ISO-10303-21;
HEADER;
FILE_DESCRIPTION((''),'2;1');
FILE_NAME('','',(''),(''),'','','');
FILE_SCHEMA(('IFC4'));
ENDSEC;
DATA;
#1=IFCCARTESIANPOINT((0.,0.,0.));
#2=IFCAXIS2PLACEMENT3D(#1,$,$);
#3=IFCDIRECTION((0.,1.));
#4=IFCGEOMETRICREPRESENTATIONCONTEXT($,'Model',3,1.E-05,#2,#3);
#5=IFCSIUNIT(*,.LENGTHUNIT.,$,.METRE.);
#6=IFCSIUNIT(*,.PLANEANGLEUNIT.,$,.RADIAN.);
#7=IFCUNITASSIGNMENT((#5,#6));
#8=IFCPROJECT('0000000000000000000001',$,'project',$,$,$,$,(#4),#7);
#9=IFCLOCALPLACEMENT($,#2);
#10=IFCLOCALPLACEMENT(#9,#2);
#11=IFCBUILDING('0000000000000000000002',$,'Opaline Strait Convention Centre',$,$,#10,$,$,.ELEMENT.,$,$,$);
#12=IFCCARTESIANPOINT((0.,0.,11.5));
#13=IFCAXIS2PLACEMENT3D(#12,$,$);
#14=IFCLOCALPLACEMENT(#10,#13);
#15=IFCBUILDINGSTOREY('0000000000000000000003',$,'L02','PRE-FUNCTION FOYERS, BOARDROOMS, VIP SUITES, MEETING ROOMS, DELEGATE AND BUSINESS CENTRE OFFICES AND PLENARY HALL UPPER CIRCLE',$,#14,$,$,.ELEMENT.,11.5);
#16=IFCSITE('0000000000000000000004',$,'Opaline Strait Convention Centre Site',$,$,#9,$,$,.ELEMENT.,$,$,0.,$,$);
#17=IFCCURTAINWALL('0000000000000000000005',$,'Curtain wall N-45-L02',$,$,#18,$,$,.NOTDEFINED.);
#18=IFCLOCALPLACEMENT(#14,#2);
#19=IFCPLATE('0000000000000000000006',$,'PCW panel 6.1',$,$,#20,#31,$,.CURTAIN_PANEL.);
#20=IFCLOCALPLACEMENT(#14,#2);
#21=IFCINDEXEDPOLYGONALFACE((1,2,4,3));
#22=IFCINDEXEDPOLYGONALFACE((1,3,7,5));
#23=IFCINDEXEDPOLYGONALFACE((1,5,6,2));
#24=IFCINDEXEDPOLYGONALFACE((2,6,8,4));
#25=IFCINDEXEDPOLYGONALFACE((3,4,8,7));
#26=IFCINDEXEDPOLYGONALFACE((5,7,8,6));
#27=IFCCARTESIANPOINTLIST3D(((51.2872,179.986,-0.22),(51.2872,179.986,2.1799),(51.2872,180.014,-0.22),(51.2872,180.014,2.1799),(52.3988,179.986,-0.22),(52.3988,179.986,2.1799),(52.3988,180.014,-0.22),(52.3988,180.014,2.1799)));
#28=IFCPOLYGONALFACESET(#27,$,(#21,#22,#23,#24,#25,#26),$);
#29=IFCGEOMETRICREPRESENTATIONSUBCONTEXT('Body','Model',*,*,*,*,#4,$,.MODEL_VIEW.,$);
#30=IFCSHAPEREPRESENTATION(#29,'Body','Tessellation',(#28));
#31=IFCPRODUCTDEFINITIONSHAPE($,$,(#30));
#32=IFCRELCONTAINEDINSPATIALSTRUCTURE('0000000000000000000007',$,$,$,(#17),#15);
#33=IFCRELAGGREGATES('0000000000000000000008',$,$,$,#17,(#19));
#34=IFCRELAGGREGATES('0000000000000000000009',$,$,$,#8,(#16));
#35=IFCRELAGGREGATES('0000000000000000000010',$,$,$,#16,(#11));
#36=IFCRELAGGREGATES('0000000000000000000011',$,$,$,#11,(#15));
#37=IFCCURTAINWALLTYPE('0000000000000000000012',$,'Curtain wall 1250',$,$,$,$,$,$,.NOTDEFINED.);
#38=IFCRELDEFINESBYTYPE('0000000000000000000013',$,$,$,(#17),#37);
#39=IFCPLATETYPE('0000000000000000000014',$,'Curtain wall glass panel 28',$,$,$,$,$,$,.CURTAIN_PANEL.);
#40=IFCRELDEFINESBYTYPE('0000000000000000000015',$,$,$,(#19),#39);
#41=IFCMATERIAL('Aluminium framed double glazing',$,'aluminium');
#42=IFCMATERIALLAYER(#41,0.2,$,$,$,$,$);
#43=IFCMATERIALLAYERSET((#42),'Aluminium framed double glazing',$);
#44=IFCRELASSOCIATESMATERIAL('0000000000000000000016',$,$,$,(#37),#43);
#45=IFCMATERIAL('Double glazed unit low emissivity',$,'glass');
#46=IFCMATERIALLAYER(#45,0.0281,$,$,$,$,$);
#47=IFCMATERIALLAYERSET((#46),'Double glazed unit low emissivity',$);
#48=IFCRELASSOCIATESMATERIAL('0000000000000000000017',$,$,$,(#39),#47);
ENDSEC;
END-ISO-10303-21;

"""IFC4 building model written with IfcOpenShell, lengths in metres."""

from ifc_helpers import new_model, si_unit, direction, frame, origin, origin_2d, place, context, subcontext, project, spatial, rectangle, extrude, material, layer, layer_set, type_object, element, aggregate, save


model = new_model("IFC4")

# Units and contexts
model_context = context("Model", 3, precision=1e-05, world=origin(), true_north=direction((0.0, 1.0)))
body_context = subcontext(model_context, "Body", "Model", "MODEL_VIEW")
ifc_project = project(units=[si_unit("LENGTHUNIT", "METRE"), si_unit("PLANEANGLEUNIT", "RADIAN")], contexts=[model_context])

# Site, building, storey
site_placement = place(None, origin())
site = spatial("IfcSite", under=ifc_project, at=site_placement, Name="Opaline Strait Convention Centre Site", CompositionType="ELEMENT", RefElevation=0.0)
building_placement = place(site_placement, origin())
building = spatial("IfcBuilding", under=site, at=building_placement, Name="Opaline Strait Convention Centre", CompositionType="ELEMENT")
storey_placement = place(building_placement, frame((0.0, 0.0, 11.5)))
storey = spatial("IfcBuildingStorey", under=building, at=storey_placement, Name="L02", Description="PRE-FUNCTION FOYERS, BOARDROOMS, VIP SUITES, MEETING ROOMS, DELEGATE AND BUSINESS CENTRE OFFICES AND PLENARY HALL UPPER CIRCLE", CompositionType="ELEMENT", Elevation=11.5)

# Shared definitions
ifc_material_1 = material(Name="Aluminium framed double glazing", Category="aluminium")
ifc_layer_1 = layer(ifc_material_1, 0.2)
ifc_layer_set_1 = layer_set([ifc_layer_1], Name="Aluminium framed double glazing")
curtain_wall_type = type_object("IfcCurtainWallType", Name="Curtain wall 1250", PredefinedType="NOTDEFINED", material=ifc_layer_set_1)

# Curtain wall
curtain_wall_1_placement = place(storey_placement, origin())
curtain_wall_1 = element("IfcCurtainWall", 1, at=curtain_wall_1_placement, inside=storey, type_object=curtain_wall_type, Name="Curtain wall N-45-L02", PredefinedType="NOTDEFINED")

# Plate
ifc_material_2 = material(Name="Double glazed unit low emissivity", Category="glass")
ifc_layer_2 = layer(ifc_material_2, 0.0281)
ifc_layer_set_2 = layer_set([ifc_layer_2], Name="Double glazed unit low emissivity")
plate_type = type_object("IfcPlateType", Name="Curtain wall glass panel 28", PredefinedType="CURTAIN_PANEL", material=ifc_layer_set_2)
plate_1_placement = place(storey_placement, frame((51.843, 180.0, -0.22), z_axis=(0.0, 0.0, 1.0), x_axis=(1.0, 0.0, 0.0)))
plate_1 = element("IfcPlate", 2, at=plate_1_placement, type_object=plate_type, Name="PCW panel 6.1", PredefinedType="CURTAIN_PANEL", context=body_context, shape_type="SweptSolid", body=[
    extrude(rectangle(XDim=1.1116, YDim=0.0281, at=origin_2d()), origin(), (0.0, 0.0, 1.0), 2.3999),
])
aggregate(curtain_wall_1, [plate_1])

save(model, "model.ifc")
